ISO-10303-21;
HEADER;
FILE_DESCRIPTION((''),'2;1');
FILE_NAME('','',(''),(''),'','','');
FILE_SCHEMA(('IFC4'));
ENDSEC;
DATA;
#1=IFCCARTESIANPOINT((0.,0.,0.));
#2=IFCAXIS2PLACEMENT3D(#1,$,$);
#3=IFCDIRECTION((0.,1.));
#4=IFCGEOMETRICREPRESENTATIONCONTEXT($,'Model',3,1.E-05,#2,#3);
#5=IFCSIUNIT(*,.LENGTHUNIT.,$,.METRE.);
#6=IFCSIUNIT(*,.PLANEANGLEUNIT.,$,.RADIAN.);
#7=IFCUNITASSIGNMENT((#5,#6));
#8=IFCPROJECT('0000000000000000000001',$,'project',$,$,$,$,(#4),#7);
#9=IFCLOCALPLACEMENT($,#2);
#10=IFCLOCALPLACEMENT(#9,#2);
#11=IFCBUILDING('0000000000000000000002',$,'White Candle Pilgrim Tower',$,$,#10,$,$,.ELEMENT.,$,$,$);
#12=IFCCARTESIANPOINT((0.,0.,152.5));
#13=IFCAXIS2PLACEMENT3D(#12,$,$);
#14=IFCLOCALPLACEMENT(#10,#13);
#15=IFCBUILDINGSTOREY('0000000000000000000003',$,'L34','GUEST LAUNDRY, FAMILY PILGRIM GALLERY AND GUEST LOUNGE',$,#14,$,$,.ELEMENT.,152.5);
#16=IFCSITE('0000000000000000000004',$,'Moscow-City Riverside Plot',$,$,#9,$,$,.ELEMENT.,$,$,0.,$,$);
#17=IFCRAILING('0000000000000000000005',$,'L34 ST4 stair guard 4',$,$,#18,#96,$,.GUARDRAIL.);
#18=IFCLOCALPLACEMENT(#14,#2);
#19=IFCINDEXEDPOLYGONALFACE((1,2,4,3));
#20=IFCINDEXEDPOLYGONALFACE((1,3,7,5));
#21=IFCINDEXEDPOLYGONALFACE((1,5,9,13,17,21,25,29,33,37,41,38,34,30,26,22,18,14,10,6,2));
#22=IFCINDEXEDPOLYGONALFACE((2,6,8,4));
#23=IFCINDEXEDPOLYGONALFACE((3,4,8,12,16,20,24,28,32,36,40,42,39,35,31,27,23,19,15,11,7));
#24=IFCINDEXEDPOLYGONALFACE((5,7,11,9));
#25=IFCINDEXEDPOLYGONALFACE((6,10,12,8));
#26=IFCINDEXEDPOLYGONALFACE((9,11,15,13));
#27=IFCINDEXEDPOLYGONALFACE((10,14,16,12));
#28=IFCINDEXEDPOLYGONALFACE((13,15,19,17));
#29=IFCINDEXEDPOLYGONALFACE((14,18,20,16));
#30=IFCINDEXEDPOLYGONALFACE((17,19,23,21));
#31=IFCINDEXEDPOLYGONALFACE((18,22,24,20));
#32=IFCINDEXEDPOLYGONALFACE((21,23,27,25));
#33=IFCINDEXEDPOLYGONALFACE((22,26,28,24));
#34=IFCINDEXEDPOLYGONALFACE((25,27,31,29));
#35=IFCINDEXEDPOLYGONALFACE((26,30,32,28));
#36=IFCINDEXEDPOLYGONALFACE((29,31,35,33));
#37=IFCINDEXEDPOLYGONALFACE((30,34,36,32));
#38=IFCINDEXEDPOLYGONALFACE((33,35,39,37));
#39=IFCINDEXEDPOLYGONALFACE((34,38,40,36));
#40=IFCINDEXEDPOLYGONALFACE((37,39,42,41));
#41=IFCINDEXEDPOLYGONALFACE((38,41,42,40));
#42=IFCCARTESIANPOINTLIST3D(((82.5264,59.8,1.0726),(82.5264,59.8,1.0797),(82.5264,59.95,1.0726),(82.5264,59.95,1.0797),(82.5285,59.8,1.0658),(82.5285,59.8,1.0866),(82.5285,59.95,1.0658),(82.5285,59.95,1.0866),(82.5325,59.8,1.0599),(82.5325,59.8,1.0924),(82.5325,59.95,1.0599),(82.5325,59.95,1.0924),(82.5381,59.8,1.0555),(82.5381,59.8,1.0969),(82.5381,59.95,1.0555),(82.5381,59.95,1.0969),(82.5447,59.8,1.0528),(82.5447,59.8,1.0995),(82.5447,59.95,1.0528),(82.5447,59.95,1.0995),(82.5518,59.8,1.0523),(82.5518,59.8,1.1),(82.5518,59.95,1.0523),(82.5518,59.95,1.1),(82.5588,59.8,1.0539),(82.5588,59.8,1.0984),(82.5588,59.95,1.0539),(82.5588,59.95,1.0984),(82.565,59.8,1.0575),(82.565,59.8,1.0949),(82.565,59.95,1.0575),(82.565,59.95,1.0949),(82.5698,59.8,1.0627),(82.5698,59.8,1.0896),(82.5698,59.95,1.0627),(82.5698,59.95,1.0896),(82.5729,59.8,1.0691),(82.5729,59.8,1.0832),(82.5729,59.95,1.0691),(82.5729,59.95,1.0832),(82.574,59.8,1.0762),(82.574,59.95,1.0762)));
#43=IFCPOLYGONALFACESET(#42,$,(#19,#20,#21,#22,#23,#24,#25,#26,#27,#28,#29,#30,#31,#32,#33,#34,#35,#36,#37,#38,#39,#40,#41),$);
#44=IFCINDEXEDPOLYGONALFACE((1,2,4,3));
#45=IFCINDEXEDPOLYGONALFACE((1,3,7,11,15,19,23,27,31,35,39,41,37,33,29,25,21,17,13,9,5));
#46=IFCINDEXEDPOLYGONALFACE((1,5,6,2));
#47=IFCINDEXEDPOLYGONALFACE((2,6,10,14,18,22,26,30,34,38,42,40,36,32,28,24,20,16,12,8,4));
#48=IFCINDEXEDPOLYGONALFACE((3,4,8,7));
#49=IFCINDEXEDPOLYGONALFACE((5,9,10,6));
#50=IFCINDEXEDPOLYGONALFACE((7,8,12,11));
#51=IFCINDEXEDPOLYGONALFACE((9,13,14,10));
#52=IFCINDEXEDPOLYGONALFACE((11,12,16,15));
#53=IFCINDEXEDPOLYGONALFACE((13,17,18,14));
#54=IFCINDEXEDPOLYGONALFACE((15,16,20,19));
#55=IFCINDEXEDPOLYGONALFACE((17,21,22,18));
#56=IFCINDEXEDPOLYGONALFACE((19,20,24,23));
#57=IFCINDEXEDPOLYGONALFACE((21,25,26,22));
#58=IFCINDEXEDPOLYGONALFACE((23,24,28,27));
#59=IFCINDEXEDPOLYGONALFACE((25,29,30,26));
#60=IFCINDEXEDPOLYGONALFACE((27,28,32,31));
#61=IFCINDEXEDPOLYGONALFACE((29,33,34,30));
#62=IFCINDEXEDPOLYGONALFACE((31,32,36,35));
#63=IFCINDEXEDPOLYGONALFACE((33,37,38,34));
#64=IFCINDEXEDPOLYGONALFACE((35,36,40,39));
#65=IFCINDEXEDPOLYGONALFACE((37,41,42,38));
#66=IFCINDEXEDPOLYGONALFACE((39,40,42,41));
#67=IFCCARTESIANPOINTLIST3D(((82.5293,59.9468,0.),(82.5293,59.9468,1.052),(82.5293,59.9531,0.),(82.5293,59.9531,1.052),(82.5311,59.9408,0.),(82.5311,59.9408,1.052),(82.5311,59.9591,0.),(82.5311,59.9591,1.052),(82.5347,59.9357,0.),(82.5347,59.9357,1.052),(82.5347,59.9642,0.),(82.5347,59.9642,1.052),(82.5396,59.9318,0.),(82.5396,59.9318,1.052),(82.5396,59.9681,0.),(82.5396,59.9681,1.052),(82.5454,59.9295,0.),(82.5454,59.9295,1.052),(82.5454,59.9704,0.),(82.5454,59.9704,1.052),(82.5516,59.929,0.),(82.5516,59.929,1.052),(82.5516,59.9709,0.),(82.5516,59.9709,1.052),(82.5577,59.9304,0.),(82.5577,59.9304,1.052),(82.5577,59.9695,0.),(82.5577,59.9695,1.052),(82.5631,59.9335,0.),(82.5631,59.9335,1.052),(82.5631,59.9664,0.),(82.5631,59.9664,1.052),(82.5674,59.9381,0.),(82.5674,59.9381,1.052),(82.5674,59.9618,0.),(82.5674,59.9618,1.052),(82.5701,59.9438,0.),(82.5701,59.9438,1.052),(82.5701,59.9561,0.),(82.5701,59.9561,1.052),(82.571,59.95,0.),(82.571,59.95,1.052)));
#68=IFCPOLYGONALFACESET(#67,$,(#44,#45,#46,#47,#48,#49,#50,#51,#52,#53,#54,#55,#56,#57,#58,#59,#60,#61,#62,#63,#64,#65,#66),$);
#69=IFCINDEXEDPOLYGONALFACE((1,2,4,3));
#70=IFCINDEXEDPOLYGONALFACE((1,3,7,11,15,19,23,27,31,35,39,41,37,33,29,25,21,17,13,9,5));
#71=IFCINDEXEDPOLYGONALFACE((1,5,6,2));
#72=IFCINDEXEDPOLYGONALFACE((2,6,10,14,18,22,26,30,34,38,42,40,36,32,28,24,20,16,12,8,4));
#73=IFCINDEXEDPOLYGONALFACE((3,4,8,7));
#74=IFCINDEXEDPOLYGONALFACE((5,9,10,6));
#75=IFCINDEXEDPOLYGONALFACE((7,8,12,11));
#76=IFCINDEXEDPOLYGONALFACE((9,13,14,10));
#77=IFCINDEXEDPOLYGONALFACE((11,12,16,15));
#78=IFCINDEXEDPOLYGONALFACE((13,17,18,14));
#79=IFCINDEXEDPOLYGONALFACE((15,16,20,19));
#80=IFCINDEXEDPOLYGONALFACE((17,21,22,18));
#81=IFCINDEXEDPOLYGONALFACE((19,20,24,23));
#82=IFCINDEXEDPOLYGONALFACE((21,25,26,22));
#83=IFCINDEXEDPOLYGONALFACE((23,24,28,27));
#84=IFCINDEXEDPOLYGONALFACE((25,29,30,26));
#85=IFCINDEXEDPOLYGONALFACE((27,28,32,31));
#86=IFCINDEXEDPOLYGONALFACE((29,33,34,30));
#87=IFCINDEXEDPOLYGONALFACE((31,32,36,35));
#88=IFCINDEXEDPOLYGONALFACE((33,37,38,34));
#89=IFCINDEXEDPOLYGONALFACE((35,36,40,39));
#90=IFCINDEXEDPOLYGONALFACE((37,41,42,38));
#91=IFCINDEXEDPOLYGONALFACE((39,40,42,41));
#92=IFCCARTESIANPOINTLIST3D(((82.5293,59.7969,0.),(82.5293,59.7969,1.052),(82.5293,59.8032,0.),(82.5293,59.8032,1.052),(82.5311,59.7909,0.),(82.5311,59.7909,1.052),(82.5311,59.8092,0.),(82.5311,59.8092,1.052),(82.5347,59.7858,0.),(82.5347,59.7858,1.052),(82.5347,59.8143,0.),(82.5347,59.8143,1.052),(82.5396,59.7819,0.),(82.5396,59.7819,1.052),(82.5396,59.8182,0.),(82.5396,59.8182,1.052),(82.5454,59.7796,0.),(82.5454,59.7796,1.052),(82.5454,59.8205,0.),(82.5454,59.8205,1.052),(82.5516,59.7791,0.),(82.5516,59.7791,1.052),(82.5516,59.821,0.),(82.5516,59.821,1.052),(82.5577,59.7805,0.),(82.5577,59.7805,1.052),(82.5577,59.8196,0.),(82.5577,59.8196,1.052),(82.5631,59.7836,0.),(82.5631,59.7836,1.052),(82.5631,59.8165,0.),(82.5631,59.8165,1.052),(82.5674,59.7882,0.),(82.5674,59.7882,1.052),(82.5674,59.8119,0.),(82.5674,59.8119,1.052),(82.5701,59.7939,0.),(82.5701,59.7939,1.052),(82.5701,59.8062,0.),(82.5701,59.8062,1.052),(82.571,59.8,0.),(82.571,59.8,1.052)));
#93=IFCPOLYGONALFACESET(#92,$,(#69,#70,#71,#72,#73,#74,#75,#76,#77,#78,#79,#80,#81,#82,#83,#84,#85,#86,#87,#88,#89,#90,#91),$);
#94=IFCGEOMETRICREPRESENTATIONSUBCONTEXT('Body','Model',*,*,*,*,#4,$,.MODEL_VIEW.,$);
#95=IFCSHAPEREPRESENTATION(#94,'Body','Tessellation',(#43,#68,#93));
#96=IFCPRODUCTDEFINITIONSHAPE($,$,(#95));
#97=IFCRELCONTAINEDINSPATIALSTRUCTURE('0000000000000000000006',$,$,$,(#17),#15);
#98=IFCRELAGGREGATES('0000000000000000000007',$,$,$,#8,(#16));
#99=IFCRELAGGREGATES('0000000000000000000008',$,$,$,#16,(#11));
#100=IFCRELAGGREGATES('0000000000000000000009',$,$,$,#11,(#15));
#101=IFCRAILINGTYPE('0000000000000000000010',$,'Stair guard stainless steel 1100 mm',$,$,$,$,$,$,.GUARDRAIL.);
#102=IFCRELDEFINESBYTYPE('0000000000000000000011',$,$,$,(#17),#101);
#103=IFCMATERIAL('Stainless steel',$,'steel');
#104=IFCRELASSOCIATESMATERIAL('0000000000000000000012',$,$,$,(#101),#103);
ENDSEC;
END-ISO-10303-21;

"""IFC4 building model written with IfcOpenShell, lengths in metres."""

from ifc_helpers import new_model, si_unit, direction, frame, origin, origin_2d, place, context, subcontext, project, spatial, circle, extrude, material, type_object, element, save


model = new_model("IFC4")

# Units and contexts
model_context = context("Model", 3, precision=1e-05, world=origin(), true_north=direction((0.0, 1.0)))
body_context = subcontext(model_context, "Body", "Model", "MODEL_VIEW")
ifc_project = project(units=[si_unit("LENGTHUNIT", "METRE"), si_unit("PLANEANGLEUNIT", "RADIAN")], contexts=[model_context])

# Site, building, storey
site_placement = place(None, origin())
site = spatial("IfcSite", under=ifc_project, at=site_placement, Name="Moscow-City Riverside Plot", CompositionType="ELEMENT", RefElevation=0.0)
building_placement = place(site_placement, origin())
building = spatial("IfcBuilding", under=site, at=building_placement, Name="White Candle Pilgrim Tower", CompositionType="ELEMENT")
storey_placement = place(building_placement, frame((0.0, 0.0, 152.5)))
storey = spatial("IfcBuildingStorey", under=building, at=storey_placement, Name="L34", Description="GUEST LAUNDRY, FAMILY PILGRIM GALLERY AND GUEST LOUNGE", CompositionType="ELEMENT", Elevation=152.5)

# Railing
ifc_material_1 = material(Name="Stainless steel", Category="steel")
railing_type_1 = type_object("IfcRailingType", Name="Stair guard stainless steel 1100 mm", PredefinedType="GUARDRAIL", material=ifc_material_1)
railing_1_placement = place(storey_placement, frame((82.55, 59.95, 0.0)))
element("IfcRailing", 1, at=railing_1_placement, inside=storey, type_object=railing_type_1, Name="L34 ST4 stair guard 4", PredefinedType="GUARDRAIL", context=body_context, shape_type="SweptSolid", body=[
    extrude(circle(Radius=0.0239, at=origin_2d()), frame((0.0, 0.0, 1.0762), z_axis=(0.0, -1.0, 0.0), x_axis=(1.0, 0.0, 0.0)), (0.0, 0.0, 1.0), 0.1499),
    extrude(circle(Radius=0.021, at=origin_2d()), origin(), (0.0, 0.0, 1.0), 1.052),
    extrude(circle(Radius=0.021, at=origin_2d()), frame((0.0, -0.1499, 0.0)), (0.0, 0.0, 1.0), 1.052),
])

save(model, "model.ifc")
